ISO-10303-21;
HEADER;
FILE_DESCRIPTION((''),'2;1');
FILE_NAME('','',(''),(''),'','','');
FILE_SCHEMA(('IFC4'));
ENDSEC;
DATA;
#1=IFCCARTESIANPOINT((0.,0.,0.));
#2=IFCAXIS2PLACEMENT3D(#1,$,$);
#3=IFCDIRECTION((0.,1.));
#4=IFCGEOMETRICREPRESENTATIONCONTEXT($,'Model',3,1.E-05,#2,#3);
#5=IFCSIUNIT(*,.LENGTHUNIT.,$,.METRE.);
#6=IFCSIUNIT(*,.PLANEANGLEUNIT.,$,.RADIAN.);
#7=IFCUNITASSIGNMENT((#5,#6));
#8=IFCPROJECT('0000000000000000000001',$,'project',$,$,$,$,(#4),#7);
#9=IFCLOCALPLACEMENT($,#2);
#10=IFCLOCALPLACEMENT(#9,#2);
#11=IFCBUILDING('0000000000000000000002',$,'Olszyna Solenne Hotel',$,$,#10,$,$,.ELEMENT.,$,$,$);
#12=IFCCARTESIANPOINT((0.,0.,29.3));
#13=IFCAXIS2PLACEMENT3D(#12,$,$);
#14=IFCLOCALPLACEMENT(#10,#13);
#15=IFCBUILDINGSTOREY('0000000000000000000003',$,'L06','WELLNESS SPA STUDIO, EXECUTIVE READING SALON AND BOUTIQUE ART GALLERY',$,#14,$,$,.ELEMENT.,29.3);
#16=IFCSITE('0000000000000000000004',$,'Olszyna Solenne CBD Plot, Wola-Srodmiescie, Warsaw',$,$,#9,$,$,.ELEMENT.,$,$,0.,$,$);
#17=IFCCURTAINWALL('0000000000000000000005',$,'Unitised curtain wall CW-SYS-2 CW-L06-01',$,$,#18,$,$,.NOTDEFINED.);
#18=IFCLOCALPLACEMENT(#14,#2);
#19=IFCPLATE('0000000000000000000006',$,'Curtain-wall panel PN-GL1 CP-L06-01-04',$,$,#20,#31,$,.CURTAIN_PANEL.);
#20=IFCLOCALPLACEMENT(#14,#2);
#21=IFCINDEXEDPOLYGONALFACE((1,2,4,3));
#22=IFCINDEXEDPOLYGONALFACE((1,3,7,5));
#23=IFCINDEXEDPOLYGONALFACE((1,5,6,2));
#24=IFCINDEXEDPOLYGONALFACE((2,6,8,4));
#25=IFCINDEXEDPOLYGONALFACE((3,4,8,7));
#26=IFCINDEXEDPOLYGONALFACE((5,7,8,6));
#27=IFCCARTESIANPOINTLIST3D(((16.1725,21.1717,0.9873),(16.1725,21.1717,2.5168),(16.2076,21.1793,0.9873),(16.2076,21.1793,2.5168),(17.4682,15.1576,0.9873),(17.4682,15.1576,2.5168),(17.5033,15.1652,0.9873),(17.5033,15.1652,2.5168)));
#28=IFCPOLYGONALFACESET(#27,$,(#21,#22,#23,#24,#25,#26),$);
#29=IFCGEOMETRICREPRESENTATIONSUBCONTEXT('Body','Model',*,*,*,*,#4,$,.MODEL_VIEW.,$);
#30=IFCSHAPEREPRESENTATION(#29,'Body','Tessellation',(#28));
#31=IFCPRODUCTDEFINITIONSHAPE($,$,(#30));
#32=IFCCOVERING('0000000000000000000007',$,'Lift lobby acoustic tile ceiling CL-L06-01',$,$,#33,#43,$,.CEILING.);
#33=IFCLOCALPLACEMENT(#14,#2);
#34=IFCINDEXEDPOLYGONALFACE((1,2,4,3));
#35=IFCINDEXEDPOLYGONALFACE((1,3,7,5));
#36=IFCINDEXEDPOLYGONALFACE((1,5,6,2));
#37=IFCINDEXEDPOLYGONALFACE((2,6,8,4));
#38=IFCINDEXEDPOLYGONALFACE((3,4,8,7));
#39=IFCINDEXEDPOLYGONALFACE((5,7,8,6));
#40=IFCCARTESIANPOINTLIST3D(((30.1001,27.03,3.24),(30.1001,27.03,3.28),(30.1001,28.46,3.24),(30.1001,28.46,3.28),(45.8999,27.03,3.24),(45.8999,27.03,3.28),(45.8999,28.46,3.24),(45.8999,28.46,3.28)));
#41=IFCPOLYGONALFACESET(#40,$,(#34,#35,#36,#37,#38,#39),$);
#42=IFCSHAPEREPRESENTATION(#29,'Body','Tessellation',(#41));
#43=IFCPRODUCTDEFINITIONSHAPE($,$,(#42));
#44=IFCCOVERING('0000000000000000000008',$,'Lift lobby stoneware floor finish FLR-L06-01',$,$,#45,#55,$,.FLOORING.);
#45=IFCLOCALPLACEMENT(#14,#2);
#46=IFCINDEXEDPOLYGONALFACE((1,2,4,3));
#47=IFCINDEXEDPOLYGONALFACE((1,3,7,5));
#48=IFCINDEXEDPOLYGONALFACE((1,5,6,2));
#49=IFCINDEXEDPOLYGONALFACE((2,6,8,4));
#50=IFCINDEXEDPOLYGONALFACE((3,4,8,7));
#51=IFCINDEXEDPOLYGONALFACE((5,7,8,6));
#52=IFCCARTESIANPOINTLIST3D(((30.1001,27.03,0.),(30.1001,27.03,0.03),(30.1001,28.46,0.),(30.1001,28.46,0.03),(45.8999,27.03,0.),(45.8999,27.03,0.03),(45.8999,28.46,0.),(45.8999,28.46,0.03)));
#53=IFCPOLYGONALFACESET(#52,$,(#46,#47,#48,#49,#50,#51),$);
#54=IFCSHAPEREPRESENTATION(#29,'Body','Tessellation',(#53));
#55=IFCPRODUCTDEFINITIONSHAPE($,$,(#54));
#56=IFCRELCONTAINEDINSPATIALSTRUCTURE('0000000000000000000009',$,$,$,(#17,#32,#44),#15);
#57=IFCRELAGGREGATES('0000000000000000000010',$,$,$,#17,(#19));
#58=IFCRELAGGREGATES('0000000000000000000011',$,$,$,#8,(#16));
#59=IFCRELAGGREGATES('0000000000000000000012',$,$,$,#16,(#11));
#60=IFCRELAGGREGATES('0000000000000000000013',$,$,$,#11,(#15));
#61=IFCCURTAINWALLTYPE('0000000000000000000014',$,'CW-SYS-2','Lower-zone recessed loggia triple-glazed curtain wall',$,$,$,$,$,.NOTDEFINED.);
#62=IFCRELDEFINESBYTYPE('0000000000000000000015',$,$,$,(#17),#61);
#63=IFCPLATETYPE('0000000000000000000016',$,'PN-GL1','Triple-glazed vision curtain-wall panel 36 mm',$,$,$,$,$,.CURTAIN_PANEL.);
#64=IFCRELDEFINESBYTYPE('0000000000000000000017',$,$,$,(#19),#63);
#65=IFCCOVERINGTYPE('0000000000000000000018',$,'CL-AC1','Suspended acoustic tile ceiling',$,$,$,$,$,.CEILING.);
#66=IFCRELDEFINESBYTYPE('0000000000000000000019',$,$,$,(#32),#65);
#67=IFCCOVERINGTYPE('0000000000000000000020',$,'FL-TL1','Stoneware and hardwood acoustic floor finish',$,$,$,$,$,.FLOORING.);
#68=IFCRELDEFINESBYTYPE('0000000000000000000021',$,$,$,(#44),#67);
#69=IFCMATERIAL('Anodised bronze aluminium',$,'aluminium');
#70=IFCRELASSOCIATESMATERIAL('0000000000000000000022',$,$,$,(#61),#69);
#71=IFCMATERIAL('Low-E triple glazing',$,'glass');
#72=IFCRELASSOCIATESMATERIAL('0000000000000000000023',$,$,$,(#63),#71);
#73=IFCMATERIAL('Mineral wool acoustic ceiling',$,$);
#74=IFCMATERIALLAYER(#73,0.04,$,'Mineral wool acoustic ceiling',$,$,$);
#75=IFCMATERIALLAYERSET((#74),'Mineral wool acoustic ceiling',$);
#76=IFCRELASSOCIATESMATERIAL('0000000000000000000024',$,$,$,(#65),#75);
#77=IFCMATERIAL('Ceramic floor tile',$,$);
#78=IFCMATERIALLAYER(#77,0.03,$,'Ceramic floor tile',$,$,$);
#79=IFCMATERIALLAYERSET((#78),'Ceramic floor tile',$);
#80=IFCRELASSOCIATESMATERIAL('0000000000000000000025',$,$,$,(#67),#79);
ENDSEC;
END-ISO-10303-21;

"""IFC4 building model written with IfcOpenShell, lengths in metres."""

from ifc_helpers import new_model, si_unit, direction, frame, origin, origin_2d, place, context, subcontext, project, spatial, polyline, rectangle, outline, extrude, source, transform, mapped, material, layer, layer_set, type_object, element, aggregate, save


model = new_model("IFC4")

# Units and contexts
model_context = context("Model", 3, precision=1e-05, world=origin(), true_north=direction((0.0, 1.0)))
body_context = subcontext(model_context, "Body", "Model", "MODEL_VIEW")
ifc_project = project(units=[si_unit("LENGTHUNIT", "METRE"), si_unit("PLANEANGLEUNIT", "RADIAN")], contexts=[model_context])

# Site, building, storey
site_placement = place(None, origin())
site = spatial("IfcSite", under=ifc_project, at=site_placement, Name="Olszyna Solenne CBD Plot, Wola-Srodmiescie, Warsaw", CompositionType="ELEMENT", RefElevation=0.0)
building_placement = place(site_placement, origin())
building = spatial("IfcBuilding", under=site, at=building_placement, Name="Olszyna Solenne Hotel", CompositionType="ELEMENT")
storey_placement = place(building_placement, frame((0.0, 0.0, 29.3)))
storey = spatial("IfcBuildingStorey", under=building, at=storey_placement, Name="L06", Description="WELLNESS SPA STUDIO, EXECUTIVE READING SALON AND BOUTIQUE ART GALLERY", CompositionType="ELEMENT", Elevation=29.3)

# Curtain wall
ifc_material_1 = material(Name="Anodised bronze aluminium", Category="aluminium")
curtain_wall_type = type_object("IfcCurtainWallType", Name="CW-SYS-2", Description="Lower-zone recessed loggia triple-glazed curtain wall", PredefinedType="NOTDEFINED", material=ifc_material_1)
curtain_wall_placement = place(storey_placement, origin())
curtain_wall = element("IfcCurtainWall", 1, at=curtain_wall_placement, inside=storey, type_object=curtain_wall_type, Name="Unitised curtain wall CW-SYS-2 CW-L06-01", PredefinedType="NOTDEFINED")

# Plate
ifc_material_2 = material(Name="Low-E triple glazing", Category="glass")
plate_type_1 = type_object("IfcPlateType", Name="PN-GL1", Description="Triple-glazed vision curtain-wall panel 36 mm", PredefinedType="CURTAIN_PANEL", material=ifc_material_2)
shared_shape_1 = source(origin(), body_context, "Body", "SweptSolid", [
    extrude(rectangle(XDim=6.1521, YDim=0.0359, at=origin_2d()), origin(), (0.0, 0.0, 1.0), 1.5295),
])
plate_1_placement = place(storey_placement, frame((16.8379, 18.1685, 0.9873), z_axis=(0.0, 0.0, 1.0), x_axis=(0.21061, -0.97757, 0.0)))
plate_1 = element("IfcPlate", 2, at=plate_1_placement, type_object=plate_type_1, Name="Curtain-wall panel PN-GL1 CP-L06-01-04", PredefinedType="CURTAIN_PANEL", context=body_context, shape_type="MappedRepresentation", body=[
    mapped(shared_shape_1, transform((0.0, 0.0, 0.0), x_axis=(1.0, 0.0, 0.0), y_axis=(0.0, 1.0, 0.0), z_axis=(0.0, 0.0, 1.0), scale=1.0)),
])
aggregate(curtain_wall, [plate_1])

# Coverings
ifc_material_3 = material(Name="Mineral wool acoustic ceiling")
ifc_layer_1 = layer(ifc_material_3, 0.04, Name="Mineral wool acoustic ceiling")
ifc_layer_set_1 = layer_set([ifc_layer_1], Name="Mineral wool acoustic ceiling")
covering_type_1 = type_object("IfcCoveringType", Name="CL-AC1", Description="Suspended acoustic tile ceiling", PredefinedType="CEILING", material=ifc_layer_set_1)
covering_1_placement = place(storey_placement, frame((0.0, 0.0, 3.24)))
element("IfcCovering", 3, at=covering_1_placement, inside=storey, type_object=covering_type_1, Name="Lift lobby acoustic tile ceiling CL-L06-01", PredefinedType="CEILING", context=body_context, shape_type="SweptSolid", body=[
    extrude(outline(polyline([(30.1001, 27.03), (45.8999, 27.03), (45.8999, 28.46), (30.1001, 28.46), (30.1001, 27.03)])), origin(), (0.0, 0.0, 1.0), 0.04),
])
ifc_material_4 = material(Name="Ceramic floor tile")
ifc_layer_2 = layer(ifc_material_4, 0.03, Name="Ceramic floor tile")
ifc_layer_set_2 = layer_set([ifc_layer_2], Name="Ceramic floor tile")
covering_type_2 = type_object("IfcCoveringType", Name="FL-TL1", Description="Stoneware and hardwood acoustic floor finish", PredefinedType="FLOORING", material=ifc_layer_set_2)
covering_2_placement = place(storey_placement, origin())
element("IfcCovering", 4, at=covering_2_placement, inside=storey, type_object=covering_type_2, Name="Lift lobby stoneware floor finish FLR-L06-01", PredefinedType="FLOORING", context=body_context, shape_type="SweptSolid", body=[
    extrude(outline(polyline([(30.1001, 27.03), (45.8999, 27.03), (45.8999, 28.46), (30.1001, 28.46), (30.1001, 27.03)])), origin(), (0.0, 0.0, 1.0), 0.03),
])

save(model, "model.ifc")
